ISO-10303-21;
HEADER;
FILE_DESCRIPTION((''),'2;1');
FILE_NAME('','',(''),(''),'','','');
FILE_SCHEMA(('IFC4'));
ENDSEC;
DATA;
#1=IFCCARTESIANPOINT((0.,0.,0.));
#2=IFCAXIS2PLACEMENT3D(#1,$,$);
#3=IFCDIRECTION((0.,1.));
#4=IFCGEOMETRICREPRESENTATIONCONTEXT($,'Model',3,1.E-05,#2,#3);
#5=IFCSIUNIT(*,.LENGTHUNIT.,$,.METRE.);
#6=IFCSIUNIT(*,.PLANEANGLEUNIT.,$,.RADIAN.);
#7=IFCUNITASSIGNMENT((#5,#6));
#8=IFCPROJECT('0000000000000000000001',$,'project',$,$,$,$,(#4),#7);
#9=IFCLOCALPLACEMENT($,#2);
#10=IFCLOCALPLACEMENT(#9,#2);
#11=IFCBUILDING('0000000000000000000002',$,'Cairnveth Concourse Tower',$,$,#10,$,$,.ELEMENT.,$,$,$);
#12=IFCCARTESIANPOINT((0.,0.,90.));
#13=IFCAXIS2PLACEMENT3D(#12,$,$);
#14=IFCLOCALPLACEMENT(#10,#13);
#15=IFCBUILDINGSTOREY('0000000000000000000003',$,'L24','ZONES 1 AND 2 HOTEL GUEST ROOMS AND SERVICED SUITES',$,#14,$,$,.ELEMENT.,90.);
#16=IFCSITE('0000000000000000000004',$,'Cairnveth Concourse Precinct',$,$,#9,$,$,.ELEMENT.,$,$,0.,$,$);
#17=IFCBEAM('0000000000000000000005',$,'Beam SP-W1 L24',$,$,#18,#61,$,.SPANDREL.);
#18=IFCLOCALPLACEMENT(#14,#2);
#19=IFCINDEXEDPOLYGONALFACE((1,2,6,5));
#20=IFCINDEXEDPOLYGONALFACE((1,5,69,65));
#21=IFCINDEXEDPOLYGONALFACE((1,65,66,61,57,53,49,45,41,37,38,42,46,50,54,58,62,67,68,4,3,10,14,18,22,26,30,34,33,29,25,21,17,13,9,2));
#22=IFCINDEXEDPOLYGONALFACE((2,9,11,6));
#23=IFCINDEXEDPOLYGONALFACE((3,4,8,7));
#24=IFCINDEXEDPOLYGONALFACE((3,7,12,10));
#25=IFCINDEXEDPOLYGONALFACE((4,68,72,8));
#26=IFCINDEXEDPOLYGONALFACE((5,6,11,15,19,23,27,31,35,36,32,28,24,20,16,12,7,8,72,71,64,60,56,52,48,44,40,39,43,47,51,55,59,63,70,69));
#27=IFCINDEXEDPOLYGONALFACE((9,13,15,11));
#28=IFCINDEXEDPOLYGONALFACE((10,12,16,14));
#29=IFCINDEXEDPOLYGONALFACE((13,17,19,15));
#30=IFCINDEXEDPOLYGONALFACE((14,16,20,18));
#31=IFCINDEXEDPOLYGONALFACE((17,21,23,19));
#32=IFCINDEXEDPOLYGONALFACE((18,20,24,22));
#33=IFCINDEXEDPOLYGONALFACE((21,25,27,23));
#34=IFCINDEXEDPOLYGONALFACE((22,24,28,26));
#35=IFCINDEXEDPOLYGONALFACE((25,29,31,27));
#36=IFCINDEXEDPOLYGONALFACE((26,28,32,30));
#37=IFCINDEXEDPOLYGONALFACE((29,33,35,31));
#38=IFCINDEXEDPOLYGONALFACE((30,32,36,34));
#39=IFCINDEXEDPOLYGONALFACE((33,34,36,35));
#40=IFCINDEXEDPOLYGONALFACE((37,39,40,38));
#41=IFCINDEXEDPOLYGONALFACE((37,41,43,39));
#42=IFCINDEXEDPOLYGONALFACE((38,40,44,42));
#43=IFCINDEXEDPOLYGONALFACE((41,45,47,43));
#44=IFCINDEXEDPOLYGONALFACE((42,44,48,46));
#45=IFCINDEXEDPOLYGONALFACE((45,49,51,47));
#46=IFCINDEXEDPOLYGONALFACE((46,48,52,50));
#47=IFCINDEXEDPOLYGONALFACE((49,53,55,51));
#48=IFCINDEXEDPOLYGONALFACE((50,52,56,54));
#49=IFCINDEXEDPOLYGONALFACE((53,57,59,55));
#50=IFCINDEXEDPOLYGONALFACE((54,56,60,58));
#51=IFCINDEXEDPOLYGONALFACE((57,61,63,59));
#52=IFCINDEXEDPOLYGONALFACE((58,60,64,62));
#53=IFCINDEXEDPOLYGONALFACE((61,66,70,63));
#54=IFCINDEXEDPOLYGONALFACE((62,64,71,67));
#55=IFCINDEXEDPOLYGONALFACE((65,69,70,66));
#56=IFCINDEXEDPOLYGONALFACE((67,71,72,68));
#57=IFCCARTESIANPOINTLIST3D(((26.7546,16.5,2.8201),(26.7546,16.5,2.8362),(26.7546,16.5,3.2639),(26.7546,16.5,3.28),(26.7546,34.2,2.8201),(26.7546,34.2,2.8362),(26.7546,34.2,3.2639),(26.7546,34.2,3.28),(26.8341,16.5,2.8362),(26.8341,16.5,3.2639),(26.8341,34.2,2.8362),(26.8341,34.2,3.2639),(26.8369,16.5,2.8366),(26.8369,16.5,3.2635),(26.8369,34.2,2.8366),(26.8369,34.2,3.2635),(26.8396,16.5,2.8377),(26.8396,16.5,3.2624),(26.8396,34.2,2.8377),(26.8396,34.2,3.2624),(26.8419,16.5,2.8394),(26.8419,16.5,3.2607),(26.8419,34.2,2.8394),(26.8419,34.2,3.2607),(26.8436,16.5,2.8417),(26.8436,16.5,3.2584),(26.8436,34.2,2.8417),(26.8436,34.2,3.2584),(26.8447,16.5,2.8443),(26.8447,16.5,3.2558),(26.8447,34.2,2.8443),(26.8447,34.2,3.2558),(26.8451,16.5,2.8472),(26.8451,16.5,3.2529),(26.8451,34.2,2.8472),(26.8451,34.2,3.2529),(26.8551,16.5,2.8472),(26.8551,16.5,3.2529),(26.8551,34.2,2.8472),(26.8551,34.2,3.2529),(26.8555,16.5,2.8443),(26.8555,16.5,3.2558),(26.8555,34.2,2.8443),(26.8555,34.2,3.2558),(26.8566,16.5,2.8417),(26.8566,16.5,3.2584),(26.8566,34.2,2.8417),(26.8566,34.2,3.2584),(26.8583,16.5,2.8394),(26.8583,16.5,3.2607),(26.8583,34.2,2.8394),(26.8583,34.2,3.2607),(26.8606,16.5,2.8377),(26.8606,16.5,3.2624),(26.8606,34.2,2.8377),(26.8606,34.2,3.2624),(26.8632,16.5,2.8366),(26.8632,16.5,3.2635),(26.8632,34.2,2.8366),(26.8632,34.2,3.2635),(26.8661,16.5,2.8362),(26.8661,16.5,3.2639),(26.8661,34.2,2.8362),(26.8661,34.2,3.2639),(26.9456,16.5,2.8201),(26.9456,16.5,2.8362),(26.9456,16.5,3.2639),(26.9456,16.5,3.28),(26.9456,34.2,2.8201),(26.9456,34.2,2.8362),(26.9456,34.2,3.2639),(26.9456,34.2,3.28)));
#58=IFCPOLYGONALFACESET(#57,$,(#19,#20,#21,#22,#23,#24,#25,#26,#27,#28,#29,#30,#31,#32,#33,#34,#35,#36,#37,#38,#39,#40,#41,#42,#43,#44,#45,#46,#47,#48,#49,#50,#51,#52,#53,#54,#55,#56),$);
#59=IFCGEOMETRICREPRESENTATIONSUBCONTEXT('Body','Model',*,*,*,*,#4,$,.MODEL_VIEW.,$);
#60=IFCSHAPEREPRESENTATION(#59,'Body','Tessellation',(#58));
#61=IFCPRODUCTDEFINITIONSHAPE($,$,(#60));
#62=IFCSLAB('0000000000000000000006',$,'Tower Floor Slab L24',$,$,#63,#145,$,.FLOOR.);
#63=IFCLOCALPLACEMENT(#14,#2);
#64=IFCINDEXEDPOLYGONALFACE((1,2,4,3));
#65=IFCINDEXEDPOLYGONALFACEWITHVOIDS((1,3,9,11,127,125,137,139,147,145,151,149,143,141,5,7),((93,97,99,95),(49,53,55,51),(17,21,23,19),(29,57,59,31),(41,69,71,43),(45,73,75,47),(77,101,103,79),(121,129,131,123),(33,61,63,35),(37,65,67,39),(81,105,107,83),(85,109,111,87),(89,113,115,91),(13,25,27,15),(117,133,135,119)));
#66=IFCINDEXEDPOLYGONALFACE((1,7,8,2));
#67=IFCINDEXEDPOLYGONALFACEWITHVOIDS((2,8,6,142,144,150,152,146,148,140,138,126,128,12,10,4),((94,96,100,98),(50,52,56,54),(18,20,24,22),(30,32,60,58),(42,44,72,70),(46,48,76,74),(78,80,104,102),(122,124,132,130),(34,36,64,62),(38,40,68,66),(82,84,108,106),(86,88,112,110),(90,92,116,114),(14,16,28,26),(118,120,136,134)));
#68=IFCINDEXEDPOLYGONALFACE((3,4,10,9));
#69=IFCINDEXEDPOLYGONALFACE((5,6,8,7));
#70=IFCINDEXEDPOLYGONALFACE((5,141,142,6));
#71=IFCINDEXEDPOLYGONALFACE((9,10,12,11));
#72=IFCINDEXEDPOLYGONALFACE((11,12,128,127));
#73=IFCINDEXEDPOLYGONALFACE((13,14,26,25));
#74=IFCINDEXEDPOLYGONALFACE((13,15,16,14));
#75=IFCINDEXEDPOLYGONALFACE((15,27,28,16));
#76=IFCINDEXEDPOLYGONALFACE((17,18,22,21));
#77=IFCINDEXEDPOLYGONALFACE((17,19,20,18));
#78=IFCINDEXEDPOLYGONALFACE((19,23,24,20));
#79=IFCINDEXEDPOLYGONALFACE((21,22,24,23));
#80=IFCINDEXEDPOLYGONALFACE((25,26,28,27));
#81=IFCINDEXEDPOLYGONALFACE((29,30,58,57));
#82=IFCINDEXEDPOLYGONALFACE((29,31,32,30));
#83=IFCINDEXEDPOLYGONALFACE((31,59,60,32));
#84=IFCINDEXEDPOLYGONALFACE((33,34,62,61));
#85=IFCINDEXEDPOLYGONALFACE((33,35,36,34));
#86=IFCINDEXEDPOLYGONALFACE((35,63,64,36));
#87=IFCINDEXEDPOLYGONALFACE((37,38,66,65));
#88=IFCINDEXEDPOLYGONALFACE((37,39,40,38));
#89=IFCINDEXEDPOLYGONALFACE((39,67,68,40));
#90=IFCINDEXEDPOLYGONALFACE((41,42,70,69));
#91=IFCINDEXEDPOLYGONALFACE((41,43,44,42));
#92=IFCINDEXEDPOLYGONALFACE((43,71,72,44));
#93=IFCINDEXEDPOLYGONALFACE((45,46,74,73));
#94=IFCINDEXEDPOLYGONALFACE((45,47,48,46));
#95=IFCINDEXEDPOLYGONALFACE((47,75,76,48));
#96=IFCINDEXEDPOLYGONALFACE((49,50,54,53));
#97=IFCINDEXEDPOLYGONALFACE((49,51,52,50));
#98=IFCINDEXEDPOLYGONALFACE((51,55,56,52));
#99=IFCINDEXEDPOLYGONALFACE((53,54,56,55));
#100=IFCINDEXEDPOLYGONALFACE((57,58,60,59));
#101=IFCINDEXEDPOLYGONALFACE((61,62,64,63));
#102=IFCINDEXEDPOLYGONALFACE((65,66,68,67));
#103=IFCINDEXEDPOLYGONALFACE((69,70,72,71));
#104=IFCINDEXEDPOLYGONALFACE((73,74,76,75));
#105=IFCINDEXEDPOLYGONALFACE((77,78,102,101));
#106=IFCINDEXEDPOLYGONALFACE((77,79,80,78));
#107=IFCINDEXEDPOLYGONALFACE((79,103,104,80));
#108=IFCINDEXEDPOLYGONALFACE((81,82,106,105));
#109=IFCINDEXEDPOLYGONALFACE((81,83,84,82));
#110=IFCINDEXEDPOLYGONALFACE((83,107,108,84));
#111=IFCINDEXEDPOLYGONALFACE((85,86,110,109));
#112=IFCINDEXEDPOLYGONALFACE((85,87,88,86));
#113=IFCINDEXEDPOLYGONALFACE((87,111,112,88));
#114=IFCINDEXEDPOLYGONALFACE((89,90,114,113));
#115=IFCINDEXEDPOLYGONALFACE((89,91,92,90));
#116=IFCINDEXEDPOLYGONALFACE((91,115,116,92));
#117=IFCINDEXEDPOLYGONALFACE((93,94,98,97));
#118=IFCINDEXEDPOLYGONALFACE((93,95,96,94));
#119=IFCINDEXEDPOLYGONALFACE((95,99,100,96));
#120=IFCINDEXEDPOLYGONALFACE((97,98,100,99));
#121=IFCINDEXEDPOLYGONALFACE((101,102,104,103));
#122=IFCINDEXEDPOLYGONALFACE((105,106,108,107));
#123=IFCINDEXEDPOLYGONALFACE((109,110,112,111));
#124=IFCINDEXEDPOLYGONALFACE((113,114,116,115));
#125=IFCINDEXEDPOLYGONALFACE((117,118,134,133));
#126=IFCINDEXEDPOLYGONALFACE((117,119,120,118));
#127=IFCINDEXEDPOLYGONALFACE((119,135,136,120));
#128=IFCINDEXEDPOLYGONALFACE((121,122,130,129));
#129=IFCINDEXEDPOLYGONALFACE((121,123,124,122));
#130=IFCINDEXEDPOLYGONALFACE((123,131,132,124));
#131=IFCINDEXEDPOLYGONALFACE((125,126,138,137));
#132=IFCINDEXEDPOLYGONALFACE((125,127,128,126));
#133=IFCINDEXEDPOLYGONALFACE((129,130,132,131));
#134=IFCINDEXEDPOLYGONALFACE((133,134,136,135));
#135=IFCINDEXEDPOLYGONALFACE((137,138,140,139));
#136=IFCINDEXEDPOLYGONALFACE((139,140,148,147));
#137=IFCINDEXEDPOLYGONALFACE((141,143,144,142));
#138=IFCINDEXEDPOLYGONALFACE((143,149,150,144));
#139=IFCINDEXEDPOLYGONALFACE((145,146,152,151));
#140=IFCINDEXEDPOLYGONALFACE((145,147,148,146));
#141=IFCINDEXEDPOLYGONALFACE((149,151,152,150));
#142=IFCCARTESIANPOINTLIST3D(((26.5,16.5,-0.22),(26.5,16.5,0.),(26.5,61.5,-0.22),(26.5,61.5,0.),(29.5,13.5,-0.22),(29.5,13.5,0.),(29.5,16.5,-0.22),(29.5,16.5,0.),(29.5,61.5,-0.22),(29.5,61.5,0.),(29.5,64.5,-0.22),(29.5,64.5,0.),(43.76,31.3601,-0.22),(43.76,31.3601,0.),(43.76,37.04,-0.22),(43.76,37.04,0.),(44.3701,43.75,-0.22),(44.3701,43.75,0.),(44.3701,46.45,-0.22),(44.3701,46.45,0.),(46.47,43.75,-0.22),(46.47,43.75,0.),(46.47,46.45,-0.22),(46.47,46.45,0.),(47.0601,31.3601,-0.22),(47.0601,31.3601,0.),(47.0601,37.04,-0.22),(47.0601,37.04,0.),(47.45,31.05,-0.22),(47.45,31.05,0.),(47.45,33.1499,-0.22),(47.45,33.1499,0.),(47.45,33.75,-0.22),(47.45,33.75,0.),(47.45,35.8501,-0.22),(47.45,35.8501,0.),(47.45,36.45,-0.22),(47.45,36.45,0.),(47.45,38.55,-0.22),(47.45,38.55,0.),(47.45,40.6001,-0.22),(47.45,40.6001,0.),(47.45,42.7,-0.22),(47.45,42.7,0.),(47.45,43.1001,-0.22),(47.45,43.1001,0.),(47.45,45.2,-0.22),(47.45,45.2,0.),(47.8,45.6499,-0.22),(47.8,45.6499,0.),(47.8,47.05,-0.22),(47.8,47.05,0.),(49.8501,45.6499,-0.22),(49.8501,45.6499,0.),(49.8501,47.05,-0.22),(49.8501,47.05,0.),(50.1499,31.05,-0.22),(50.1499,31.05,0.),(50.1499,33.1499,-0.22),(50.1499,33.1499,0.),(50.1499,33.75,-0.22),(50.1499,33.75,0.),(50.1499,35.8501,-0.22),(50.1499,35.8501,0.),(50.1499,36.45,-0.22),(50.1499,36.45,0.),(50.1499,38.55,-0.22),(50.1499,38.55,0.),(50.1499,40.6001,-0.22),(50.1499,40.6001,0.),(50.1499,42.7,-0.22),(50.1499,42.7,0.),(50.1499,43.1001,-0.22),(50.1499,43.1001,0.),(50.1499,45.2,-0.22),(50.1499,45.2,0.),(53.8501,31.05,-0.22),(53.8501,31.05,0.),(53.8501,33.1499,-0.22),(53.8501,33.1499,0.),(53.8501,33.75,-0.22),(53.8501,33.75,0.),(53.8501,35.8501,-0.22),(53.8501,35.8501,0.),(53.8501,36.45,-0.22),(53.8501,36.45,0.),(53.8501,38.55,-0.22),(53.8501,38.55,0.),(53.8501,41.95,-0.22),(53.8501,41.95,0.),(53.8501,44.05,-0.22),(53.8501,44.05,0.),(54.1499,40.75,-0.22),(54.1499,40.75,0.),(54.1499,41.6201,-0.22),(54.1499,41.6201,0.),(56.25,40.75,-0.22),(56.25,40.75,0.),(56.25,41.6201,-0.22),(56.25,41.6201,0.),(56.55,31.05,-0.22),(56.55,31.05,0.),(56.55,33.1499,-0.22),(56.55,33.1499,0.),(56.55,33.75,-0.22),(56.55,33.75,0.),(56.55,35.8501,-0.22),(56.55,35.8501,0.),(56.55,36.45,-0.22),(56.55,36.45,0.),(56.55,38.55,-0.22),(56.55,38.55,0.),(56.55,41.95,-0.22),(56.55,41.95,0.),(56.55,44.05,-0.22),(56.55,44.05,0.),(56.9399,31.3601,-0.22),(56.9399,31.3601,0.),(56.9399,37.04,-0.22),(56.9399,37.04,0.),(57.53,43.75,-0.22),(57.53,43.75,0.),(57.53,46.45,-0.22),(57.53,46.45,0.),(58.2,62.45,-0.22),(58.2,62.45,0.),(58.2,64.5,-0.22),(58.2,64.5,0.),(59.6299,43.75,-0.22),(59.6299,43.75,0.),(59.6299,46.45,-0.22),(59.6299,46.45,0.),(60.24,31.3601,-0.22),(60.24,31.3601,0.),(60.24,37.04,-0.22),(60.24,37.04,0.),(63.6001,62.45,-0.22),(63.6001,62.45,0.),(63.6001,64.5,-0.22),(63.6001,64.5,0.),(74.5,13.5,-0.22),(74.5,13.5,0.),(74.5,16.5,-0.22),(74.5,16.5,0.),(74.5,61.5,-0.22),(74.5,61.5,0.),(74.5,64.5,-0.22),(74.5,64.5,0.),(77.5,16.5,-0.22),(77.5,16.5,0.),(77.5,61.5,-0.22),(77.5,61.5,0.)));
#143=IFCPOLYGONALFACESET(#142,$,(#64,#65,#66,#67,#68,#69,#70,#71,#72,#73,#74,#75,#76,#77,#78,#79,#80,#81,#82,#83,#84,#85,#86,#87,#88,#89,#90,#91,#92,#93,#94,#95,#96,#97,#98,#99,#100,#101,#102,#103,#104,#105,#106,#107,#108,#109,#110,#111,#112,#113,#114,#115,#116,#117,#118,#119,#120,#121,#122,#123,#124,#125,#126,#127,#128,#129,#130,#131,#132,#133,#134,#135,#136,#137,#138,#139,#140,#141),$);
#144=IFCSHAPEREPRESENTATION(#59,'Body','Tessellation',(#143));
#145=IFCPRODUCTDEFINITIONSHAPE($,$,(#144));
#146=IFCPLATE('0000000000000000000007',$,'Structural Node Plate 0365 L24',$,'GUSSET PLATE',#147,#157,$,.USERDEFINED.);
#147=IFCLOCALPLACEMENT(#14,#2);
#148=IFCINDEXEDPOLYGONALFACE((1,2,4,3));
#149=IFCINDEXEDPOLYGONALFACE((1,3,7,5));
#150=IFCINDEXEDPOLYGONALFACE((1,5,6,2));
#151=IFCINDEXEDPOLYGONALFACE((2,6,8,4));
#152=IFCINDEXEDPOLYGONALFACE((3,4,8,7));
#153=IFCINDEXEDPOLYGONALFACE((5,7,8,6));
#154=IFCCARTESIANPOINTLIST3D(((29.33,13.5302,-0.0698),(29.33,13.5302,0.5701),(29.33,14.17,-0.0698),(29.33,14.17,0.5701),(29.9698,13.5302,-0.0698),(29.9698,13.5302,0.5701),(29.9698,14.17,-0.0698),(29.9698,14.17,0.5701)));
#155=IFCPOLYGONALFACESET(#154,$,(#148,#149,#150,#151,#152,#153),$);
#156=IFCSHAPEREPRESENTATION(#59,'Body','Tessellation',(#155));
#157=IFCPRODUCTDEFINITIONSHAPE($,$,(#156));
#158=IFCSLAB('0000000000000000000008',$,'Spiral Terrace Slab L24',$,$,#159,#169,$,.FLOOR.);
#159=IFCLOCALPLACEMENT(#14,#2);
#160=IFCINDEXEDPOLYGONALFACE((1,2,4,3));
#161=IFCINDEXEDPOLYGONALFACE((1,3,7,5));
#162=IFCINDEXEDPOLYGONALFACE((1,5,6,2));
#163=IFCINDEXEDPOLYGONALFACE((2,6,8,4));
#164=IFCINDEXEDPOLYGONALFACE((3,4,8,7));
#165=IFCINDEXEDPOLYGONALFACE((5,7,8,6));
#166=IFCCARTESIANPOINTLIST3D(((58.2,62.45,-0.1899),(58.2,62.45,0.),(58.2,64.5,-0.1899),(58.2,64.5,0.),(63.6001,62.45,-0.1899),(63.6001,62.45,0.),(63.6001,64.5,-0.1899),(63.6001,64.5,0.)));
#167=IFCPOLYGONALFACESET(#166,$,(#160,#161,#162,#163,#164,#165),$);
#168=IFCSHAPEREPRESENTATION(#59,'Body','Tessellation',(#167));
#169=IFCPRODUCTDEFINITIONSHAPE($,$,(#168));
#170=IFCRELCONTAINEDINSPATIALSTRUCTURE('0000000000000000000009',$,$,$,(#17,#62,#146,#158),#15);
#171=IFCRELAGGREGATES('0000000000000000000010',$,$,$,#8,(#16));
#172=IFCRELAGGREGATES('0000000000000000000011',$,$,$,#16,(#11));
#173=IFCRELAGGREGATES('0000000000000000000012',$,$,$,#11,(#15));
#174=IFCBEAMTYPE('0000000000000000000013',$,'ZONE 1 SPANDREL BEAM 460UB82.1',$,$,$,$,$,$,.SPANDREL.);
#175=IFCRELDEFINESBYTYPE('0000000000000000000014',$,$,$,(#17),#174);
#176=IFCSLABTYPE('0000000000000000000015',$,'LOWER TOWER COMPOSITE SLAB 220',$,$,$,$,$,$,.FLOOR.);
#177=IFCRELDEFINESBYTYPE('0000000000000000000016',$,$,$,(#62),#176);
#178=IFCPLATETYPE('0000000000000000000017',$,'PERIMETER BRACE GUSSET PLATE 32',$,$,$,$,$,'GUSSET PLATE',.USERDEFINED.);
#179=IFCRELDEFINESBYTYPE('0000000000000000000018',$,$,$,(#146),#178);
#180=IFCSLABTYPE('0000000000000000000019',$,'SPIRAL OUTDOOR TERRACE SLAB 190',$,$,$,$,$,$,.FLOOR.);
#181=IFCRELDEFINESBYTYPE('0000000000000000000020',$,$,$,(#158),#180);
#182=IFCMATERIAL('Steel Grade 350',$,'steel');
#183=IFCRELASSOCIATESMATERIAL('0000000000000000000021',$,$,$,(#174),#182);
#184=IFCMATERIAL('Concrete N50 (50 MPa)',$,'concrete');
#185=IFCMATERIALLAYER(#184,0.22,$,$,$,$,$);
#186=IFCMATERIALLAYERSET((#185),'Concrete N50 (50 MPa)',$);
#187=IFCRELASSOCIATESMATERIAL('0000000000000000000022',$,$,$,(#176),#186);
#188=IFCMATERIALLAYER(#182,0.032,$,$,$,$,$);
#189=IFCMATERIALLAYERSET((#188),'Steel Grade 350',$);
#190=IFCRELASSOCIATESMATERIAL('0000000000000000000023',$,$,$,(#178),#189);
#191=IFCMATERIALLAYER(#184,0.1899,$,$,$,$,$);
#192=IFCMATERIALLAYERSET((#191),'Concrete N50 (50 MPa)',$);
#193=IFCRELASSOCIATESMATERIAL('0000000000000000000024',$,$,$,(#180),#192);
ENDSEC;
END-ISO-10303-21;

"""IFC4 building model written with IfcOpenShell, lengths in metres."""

from ifc_helpers import new_model, si_unit, direction, frame, origin, origin_2d, place, context, subcontext, project, spatial, polyline, rectangle, i_section, outline, extrude, material, layer, layer_set, material_profile, profile_set, type_object, element, save


model = new_model("IFC4")

# Units and contexts
model_context = context("Model", 3, precision=1e-05, world=origin(), true_north=direction((0.0, 1.0)))
body_context = subcontext(model_context, "Body", "Model", "MODEL_VIEW")
ifc_project = project(units=[si_unit("LENGTHUNIT", "METRE"), si_unit("PLANEANGLEUNIT", "RADIAN")], contexts=[model_context])

# Site, building, storey
site_placement = place(None, origin())
site = spatial("IfcSite", under=ifc_project, at=site_placement, Name="Cairnveth Concourse Precinct", CompositionType="ELEMENT", RefElevation=0.0)
building_placement = place(site_placement, origin())
building = spatial("IfcBuilding", under=site, at=building_placement, Name="Cairnveth Concourse Tower", CompositionType="ELEMENT")
storey_placement = place(building_placement, frame((0.0, 0.0, 90.0)))
storey = spatial("IfcBuildingStorey", under=building, at=storey_placement, Name="L24", Description="ZONES 1 AND 2 HOTEL GUEST ROOMS AND SERVICED SUITES", CompositionType="ELEMENT", Elevation=90.0)

# Beam
ifc_material_1 = material(Name="Steel Grade 350", Category="steel")
ifc_material_profile_1 = material_profile(ifc_material_1, i_section(OverallWidth=0.1909, OverallDepth=0.46, WebThickness=0.01, FlangeThickness=0.0161, FilletRadius=0.011, at=origin_2d()), Name="460UB82.1")
ifc_profile_set_1 = profile_set([ifc_material_profile_1], Name="Steel Grade 350")
beam_type_1 = type_object("IfcBeamType", Name="ZONE 1 SPANDREL BEAM 460UB82.1", PredefinedType="SPANDREL", material=ifc_profile_set_1)
for number, where, z_axis, x_axis, name in (
    (1, (26.8501, 16.5, 3.05), (0.0, 1.0, 0.0), (-1.0, 0.0, 0.0), "Beam SP-W1 L24"),
):
    element("IfcBeam", number, at=place(storey_placement, frame(where, z_axis=z_axis, x_axis=x_axis)), inside=storey, type_object=beam_type_1, Name=name, PredefinedType="SPANDREL", context=body_context, shape_type="SweptSolid", body=[
        extrude(i_section(OverallWidth=0.1909, OverallDepth=0.46, WebThickness=0.01, FlangeThickness=0.0161, FilletRadius=0.011, at=origin_2d()), origin(), (0.0, 0.0, 1.0), 17.7),
    ])

# Slab
ifc_material_2 = material(Name="Concrete N50 (50 MPa)", Category="concrete")
ifc_layer_1 = layer(ifc_material_2, 0.22)
ifc_layer_set_1 = layer_set([ifc_layer_1], Name="Concrete N50 (50 MPa)")
slab_type_1 = type_object("IfcSlabType", Name="LOWER TOWER COMPOSITE SLAB 220", PredefinedType="FLOOR", material=ifc_layer_set_1)
slab_1_placement = place(storey_placement, frame((0.0, 0.0, -0.22)))
element("IfcSlab", 2, at=slab_1_placement, inside=storey, type_object=slab_type_1, Name="Tower Floor Slab L24", PredefinedType="FLOOR", context=body_context, shape_type="SweptSolid", body=[
    extrude(outline(polyline([(63.6001, 64.5), (63.6001, 62.45), (58.2, 62.45), (58.2, 64.5), (29.5, 64.5), (29.5, 61.5), (26.5, 61.5), (26.5, 16.5), (29.5, 16.5), (29.5, 13.5), (74.5, 13.5), (74.5, 16.5), (77.5, 16.5), (77.5, 61.5), (74.5, 61.5), (74.5, 64.5), (63.6001, 64.5)]), holes=[polyline([(43.76, 31.3601), (47.0601, 31.3601), (47.0601, 37.04), (43.76, 37.04), (43.76, 31.3601)]), polyline([(56.9399, 31.3601), (60.24, 31.3601), (60.24, 37.04), (56.9399, 37.04), (56.9399, 31.3601)]), polyline([(44.3701, 43.75), (46.47, 43.75), (46.47, 46.45), (44.3701, 46.45), (44.3701, 43.75)]), polyline([(57.53, 43.75), (59.6299, 43.75), (59.6299, 46.45), (57.53, 46.45), (57.53, 43.75)]), polyline([(47.45, 31.05), (50.1499, 31.05), (50.1499, 33.1499), (47.45, 33.1499), (47.45, 31.05)]), polyline([(47.45, 33.75), (50.1499, 33.75), (50.1499, 35.8501), (47.45, 35.8501), (47.45, 33.75)]), polyline([(47.45, 36.45), (50.1499, 36.45), (50.1499, 38.55), (47.45, 38.55), (47.45, 36.45)]), polyline([(53.8501, 31.05), (56.55, 31.05), (56.55, 33.1499), (53.8501, 33.1499), (53.8501, 31.05)]), polyline([(53.8501, 33.75), (56.55, 33.75), (56.55, 35.8501), (53.8501, 35.8501), (53.8501, 33.75)]), polyline([(53.8501, 36.45), (56.55, 36.45), (56.55, 38.55), (53.8501, 38.55), (53.8501, 36.45)]), polyline([(47.45, 40.6001), (50.1499, 40.6001), (50.1499, 42.7), (47.45, 42.7), (47.45, 40.6001)]), polyline([(47.45, 43.1001), (50.1499, 43.1001), (50.1499, 45.2), (47.45, 45.2), (47.45, 43.1001)]), polyline([(53.8501, 41.95), (56.55, 41.95), (56.55, 44.05), (53.8501, 44.05), (53.8501, 41.95)]), polyline([(47.8, 45.6499), (49.8501, 45.6499), (49.8501, 47.05), (47.8, 47.05), (47.8, 45.6499)]), polyline([(54.1499, 40.75), (56.25, 40.75), (56.25, 41.6201), (54.1499, 41.6201), (54.1499, 40.75)])]), origin(), (0.0, 0.0, 1.0), 0.22),
])

# Plate
ifc_layer_2 = layer(ifc_material_1, 0.032)
ifc_layer_set_2 = layer_set([ifc_layer_2], Name="Steel Grade 350")
plate_type = type_object("IfcPlateType", Name="PERIMETER BRACE GUSSET PLATE 32", ElementType="GUSSET PLATE", PredefinedType="USERDEFINED", material=ifc_layer_set_2)
plate_placement = place(storey_placement, frame((29.6499, 13.8501, -0.0698), z_axis=(0.0, 0.0, 1.0), x_axis=(1.0, 0.0, 0.0)))
element("IfcPlate", 3, at=plate_placement, inside=storey, type_object=plate_type, Name="Structural Node Plate 0365 L24", ObjectType="GUSSET PLATE", PredefinedType="USERDEFINED", context=body_context, shape_type="SweptSolid", body=[
    extrude(rectangle(XDim=0.6399, YDim=0.6399, at=origin_2d()), origin(), (0.0, 0.0, 1.0), 0.6399),
])

# Slab
ifc_layer_3 = layer(ifc_material_2, 0.1899)
ifc_layer_set_3 = layer_set([ifc_layer_3], Name="Concrete N50 (50 MPa)")
slab_type_2 = type_object("IfcSlabType", Name="SPIRAL OUTDOOR TERRACE SLAB 190", PredefinedType="FLOOR", material=ifc_layer_set_3)
slab_2_placement = place(storey_placement, frame((0.0, 0.0, -0.1899)))
element("IfcSlab", 4, at=slab_2_placement, inside=storey, type_object=slab_type_2, Name="Spiral Terrace Slab L24", PredefinedType="FLOOR", context=body_context, shape_type="SweptSolid", body=[
    extrude(outline(polyline([(58.2, 62.45), (63.6001, 62.45), (63.6001, 64.5), (58.2, 64.5), (58.2, 62.45)])), origin(), (0.0, 0.0, 1.0), 0.1899),
])

save(model, "model.ifc")
